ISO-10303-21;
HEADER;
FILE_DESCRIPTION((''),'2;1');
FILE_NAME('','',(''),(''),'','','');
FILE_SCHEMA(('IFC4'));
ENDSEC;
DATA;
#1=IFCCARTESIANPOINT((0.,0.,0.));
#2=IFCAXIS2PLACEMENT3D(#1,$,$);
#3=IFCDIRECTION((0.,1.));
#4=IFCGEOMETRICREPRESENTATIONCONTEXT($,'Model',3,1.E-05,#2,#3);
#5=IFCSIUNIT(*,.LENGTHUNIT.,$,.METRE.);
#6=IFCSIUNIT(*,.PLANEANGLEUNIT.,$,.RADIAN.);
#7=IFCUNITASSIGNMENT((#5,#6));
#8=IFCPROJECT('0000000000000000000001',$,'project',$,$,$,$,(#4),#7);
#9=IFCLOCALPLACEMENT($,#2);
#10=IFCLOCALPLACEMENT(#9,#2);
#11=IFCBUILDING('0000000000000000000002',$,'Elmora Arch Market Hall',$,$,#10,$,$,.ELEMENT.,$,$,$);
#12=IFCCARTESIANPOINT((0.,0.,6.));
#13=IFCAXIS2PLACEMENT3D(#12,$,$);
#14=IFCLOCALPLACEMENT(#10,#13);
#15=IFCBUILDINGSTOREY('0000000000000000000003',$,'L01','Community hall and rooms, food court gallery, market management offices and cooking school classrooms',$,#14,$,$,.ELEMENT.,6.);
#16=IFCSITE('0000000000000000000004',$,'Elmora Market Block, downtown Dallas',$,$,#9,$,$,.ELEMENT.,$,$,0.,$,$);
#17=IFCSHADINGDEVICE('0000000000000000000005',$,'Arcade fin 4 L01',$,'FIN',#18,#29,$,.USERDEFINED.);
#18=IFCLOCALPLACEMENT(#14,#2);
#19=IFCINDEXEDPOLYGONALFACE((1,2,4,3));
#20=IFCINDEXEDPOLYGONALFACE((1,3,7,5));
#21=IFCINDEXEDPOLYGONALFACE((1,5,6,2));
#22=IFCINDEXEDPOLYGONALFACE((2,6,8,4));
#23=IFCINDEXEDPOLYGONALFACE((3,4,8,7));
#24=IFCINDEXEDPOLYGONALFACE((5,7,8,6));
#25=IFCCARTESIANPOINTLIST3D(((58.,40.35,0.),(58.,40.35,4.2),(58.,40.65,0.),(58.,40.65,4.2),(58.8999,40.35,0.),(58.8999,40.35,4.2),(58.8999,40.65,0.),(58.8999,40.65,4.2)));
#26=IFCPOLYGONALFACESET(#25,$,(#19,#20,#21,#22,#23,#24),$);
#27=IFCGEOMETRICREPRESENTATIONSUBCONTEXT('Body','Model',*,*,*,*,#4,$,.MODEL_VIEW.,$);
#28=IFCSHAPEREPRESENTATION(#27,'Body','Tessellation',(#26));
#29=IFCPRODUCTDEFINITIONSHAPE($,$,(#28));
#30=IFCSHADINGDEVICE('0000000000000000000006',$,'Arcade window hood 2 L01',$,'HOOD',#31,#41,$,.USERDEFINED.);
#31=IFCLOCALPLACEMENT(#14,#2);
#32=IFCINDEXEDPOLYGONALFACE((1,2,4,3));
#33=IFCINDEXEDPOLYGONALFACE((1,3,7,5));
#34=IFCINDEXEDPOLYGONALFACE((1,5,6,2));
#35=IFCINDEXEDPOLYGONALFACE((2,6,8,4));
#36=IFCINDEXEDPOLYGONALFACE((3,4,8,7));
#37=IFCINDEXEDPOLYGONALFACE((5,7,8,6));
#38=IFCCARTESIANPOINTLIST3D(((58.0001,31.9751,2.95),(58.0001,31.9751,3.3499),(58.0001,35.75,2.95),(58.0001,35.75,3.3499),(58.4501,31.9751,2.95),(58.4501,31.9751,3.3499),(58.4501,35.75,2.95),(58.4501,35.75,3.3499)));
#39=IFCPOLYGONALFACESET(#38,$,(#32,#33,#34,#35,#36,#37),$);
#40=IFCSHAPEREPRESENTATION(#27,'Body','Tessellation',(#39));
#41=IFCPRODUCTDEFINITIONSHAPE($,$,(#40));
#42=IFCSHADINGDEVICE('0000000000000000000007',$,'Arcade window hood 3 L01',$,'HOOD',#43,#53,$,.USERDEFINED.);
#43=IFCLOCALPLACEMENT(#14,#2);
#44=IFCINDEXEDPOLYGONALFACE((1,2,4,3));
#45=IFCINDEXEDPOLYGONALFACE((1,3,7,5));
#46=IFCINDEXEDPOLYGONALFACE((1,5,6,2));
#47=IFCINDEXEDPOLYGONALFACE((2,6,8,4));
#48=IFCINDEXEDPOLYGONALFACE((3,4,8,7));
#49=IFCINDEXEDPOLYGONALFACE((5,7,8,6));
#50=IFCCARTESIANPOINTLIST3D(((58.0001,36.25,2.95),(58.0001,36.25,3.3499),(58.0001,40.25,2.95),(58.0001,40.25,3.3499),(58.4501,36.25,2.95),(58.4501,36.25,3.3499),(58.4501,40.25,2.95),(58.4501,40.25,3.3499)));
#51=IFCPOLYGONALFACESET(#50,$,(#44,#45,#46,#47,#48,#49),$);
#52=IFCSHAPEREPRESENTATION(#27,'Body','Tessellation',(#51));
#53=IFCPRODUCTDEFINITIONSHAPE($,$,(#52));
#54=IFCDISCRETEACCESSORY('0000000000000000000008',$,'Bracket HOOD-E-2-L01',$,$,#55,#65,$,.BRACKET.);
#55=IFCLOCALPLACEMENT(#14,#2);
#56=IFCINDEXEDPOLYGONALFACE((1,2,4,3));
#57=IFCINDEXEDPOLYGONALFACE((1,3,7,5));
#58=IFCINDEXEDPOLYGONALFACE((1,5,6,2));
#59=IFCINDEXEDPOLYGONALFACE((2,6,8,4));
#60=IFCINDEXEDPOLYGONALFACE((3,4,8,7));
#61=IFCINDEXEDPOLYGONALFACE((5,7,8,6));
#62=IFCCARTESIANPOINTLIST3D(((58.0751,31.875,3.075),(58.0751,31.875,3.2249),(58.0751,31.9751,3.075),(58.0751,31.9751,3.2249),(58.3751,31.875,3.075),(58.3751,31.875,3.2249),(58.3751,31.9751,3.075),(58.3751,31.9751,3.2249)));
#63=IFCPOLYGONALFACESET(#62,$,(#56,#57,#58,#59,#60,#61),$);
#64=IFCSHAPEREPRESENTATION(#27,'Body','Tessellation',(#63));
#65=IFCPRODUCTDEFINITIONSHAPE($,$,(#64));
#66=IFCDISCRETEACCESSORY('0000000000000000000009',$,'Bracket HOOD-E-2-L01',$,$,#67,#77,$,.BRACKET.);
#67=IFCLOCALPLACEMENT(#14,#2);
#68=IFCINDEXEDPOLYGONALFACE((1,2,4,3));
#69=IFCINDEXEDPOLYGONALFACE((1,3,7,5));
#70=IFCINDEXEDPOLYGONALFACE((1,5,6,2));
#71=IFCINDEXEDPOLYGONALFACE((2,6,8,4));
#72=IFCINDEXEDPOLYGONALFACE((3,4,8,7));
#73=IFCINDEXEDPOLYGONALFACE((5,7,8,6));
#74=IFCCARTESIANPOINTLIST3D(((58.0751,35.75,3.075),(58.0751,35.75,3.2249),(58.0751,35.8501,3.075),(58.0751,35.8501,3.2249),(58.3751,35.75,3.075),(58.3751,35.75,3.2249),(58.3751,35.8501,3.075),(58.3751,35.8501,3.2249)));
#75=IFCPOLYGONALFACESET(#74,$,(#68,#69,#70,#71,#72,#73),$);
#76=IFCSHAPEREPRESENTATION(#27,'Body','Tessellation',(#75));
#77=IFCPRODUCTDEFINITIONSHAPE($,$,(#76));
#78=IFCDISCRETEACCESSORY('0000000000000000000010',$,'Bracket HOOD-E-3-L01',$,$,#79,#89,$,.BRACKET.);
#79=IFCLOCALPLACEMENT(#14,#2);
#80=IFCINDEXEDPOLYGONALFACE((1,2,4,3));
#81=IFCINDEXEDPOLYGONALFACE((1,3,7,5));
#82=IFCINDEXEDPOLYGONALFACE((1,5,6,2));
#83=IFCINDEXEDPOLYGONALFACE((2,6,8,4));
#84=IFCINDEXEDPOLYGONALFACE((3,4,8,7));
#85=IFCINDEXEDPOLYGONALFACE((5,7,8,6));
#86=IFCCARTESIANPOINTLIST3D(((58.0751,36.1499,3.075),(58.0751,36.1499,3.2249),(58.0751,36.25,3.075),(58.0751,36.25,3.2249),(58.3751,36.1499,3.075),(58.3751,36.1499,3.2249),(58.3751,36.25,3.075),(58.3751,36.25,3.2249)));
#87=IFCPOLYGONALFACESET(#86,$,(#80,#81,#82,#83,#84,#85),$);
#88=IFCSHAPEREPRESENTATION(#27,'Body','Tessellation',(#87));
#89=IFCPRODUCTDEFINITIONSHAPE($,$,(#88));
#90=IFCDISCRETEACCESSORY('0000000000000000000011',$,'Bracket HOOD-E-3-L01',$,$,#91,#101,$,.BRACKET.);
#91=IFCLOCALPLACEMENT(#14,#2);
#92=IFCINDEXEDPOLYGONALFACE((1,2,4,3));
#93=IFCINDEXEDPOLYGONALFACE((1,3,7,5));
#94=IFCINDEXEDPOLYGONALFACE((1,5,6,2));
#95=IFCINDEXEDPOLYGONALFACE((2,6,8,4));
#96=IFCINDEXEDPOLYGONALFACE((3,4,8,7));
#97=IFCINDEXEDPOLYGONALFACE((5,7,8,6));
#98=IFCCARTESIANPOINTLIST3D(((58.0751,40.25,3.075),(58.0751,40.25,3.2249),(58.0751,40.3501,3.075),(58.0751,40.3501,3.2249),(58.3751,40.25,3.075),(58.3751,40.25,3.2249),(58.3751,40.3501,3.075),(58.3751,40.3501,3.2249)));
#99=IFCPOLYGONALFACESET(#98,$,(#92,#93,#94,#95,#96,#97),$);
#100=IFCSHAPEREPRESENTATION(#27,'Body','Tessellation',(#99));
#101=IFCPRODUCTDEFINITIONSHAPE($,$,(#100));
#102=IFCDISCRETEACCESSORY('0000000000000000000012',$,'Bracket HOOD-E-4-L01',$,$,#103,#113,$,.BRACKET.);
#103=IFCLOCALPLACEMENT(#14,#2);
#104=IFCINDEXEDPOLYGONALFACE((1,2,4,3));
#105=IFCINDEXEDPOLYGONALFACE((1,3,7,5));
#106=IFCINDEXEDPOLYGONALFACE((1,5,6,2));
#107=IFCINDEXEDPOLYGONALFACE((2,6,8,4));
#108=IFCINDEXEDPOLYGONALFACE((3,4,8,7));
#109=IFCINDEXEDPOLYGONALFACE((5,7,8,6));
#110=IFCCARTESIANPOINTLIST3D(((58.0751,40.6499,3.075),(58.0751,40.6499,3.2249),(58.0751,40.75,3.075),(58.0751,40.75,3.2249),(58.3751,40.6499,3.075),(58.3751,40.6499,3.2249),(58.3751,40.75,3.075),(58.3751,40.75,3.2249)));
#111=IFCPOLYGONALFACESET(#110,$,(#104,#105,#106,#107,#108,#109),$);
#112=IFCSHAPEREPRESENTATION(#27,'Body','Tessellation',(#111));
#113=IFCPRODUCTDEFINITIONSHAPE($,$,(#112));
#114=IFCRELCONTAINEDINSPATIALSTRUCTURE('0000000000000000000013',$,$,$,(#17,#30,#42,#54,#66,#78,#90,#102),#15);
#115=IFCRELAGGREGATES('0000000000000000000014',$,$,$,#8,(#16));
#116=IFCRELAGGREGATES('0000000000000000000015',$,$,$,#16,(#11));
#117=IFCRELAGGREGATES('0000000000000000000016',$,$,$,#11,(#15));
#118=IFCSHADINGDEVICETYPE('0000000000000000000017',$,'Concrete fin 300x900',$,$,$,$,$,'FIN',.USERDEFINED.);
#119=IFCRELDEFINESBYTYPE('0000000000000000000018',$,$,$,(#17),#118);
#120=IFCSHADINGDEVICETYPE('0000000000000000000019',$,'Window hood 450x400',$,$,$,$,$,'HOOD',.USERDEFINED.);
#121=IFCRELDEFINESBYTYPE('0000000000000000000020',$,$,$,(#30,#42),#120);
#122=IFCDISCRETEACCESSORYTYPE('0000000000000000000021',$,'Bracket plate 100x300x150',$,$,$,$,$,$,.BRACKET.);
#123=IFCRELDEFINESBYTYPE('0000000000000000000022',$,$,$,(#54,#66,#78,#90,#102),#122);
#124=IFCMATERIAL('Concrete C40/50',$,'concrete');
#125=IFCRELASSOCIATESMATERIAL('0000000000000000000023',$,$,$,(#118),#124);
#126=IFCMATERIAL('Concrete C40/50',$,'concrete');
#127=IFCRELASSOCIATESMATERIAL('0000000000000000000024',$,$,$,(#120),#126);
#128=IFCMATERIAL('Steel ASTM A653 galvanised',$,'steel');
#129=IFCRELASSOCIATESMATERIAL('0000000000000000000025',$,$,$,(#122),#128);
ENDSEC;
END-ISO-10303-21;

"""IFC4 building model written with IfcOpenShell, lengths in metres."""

from ifc_helpers import new_model, si_unit, direction, frame, origin, origin_2d, place, context, subcontext, project, spatial, rectangle, extrude, material, type_object, element, save


model = new_model("IFC4")

# Units and contexts
model_context = context("Model", 3, precision=1e-05, world=origin(), true_north=direction((0.0, 1.0)))
body_context = subcontext(model_context, "Body", "Model", "MODEL_VIEW")
ifc_project = project(units=[si_unit("LENGTHUNIT", "METRE"), si_unit("PLANEANGLEUNIT", "RADIAN")], contexts=[model_context])

# Site, building, storey
site_placement = place(None, origin())
site = spatial("IfcSite", under=ifc_project, at=site_placement, Name="Elmora Market Block, downtown Dallas", CompositionType="ELEMENT", RefElevation=0.0)
building_placement = place(site_placement, origin())
building = spatial("IfcBuilding", under=site, at=building_placement, Name="Elmora Arch Market Hall", CompositionType="ELEMENT")
storey_placement = place(building_placement, frame((0.0, 0.0, 6.0)))
storey = spatial("IfcBuildingStorey", under=building, at=storey_placement, Name="L01", Description="Community hall and rooms, food court gallery, market management offices and cooking school classrooms", CompositionType="ELEMENT", Elevation=6.0)

# Shading devices
ifc_material_1 = material(Name="Concrete C40/50", Category="concrete")
shading_device_type_1 = type_object("IfcShadingDeviceType", Name="Concrete fin 300x900", ElementType="FIN", PredefinedType="USERDEFINED", material=ifc_material_1)
for number, where, z_axis, x_axis, name in (
    (1, (58.45, 40.5, 0.0), (0.0, 0.0, 1.0), (1.0, 0.0, 0.0), "Arcade fin 4 L01"),
):
    element("IfcShadingDevice", number, at=place(storey_placement, frame(where, z_axis=z_axis, x_axis=x_axis)), inside=storey, type_object=shading_device_type_1, Name=name, ObjectType="FIN", PredefinedType="USERDEFINED", context=body_context, shape_type="SweptSolid", body=[
        extrude(rectangle(XDim=0.8999, YDim=0.3, at=origin_2d()), origin(), (0.0, 0.0, 1.0), 4.2),
    ])
ifc_material_2 = material(Name="Concrete C40/50", Category="concrete")
shading_device_type_2 = type_object("IfcShadingDeviceType", Name="Window hood 450x400", ElementType="HOOD", PredefinedType="USERDEFINED", material=ifc_material_2)
shading_device_1_placement = place(storey_placement, frame((58.2251, 33.8625, 2.95), z_axis=(0.0, 0.0, 1.0), x_axis=(1.0, 0.0, 0.0)))
element("IfcShadingDevice", 2, at=shading_device_1_placement, inside=storey, type_object=shading_device_type_2, Name="Arcade window hood 2 L01", ObjectType="HOOD", PredefinedType="USERDEFINED", context=body_context, shape_type="SweptSolid", body=[
    extrude(rectangle(XDim=0.45, YDim=3.7749, at=origin_2d()), origin(), (0.0, 0.0, 1.0), 0.3999),
])
shading_device_2_placement = place(storey_placement, frame((58.2251, 38.25, 2.95), z_axis=(0.0, 0.0, 1.0), x_axis=(1.0, 0.0, 0.0)))
element("IfcShadingDevice", 3, at=shading_device_2_placement, inside=storey, type_object=shading_device_type_2, Name="Arcade window hood 3 L01", ObjectType="HOOD", PredefinedType="USERDEFINED", context=body_context, shape_type="SweptSolid", body=[
    extrude(rectangle(XDim=0.45, YDim=4.0, at=origin_2d()), origin(), (0.0, 0.0, 1.0), 0.3999),
])

# Discrete accessories
ifc_material_3 = material(Name="Steel ASTM A653 galvanised", Category="steel")
discrete_accessory_type = type_object("IfcDiscreteAccessoryType", Name="Bracket plate 100x300x150", PredefinedType="BRACKET", material=ifc_material_3)
for number, where, z_axis, x_axis, name in (
    (4, (58.2251, 31.925, 3.075), (0.0, 0.0, 1.0), (1.0, 0.0, 0.0), "Bracket HOOD-E-2-L01"),
    (5, (58.2251, 35.8, 3.075), (0.0, 0.0, 1.0), (1.0, 0.0, 0.0), "Bracket HOOD-E-2-L01"),
    (6, (58.2251, 36.2, 3.075), (0.0, 0.0, 1.0), (1.0, 0.0, 0.0), "Bracket HOOD-E-3-L01"),
    (7, (58.2251, 40.3, 3.075), (0.0, 0.0, 1.0), (1.0, 0.0, 0.0), "Bracket HOOD-E-3-L01"),
    (8, (58.2251, 40.7, 3.075), (0.0, 0.0, 1.0), (1.0, 0.0, 0.0), "Bracket HOOD-E-4-L01"),
):
    element("IfcDiscreteAccessory", number, at=place(storey_placement, frame(where, z_axis=z_axis, x_axis=x_axis)), inside=storey, type_object=discrete_accessory_type, Name=name, PredefinedType="BRACKET", context=body_context, shape_type="SweptSolid", body=[
        extrude(rectangle(XDim=0.3, YDim=0.1001, at=origin_2d()), origin(), (0.0, 0.0, 1.0), 0.1499),
    ])

save(model, "model.ifc")
